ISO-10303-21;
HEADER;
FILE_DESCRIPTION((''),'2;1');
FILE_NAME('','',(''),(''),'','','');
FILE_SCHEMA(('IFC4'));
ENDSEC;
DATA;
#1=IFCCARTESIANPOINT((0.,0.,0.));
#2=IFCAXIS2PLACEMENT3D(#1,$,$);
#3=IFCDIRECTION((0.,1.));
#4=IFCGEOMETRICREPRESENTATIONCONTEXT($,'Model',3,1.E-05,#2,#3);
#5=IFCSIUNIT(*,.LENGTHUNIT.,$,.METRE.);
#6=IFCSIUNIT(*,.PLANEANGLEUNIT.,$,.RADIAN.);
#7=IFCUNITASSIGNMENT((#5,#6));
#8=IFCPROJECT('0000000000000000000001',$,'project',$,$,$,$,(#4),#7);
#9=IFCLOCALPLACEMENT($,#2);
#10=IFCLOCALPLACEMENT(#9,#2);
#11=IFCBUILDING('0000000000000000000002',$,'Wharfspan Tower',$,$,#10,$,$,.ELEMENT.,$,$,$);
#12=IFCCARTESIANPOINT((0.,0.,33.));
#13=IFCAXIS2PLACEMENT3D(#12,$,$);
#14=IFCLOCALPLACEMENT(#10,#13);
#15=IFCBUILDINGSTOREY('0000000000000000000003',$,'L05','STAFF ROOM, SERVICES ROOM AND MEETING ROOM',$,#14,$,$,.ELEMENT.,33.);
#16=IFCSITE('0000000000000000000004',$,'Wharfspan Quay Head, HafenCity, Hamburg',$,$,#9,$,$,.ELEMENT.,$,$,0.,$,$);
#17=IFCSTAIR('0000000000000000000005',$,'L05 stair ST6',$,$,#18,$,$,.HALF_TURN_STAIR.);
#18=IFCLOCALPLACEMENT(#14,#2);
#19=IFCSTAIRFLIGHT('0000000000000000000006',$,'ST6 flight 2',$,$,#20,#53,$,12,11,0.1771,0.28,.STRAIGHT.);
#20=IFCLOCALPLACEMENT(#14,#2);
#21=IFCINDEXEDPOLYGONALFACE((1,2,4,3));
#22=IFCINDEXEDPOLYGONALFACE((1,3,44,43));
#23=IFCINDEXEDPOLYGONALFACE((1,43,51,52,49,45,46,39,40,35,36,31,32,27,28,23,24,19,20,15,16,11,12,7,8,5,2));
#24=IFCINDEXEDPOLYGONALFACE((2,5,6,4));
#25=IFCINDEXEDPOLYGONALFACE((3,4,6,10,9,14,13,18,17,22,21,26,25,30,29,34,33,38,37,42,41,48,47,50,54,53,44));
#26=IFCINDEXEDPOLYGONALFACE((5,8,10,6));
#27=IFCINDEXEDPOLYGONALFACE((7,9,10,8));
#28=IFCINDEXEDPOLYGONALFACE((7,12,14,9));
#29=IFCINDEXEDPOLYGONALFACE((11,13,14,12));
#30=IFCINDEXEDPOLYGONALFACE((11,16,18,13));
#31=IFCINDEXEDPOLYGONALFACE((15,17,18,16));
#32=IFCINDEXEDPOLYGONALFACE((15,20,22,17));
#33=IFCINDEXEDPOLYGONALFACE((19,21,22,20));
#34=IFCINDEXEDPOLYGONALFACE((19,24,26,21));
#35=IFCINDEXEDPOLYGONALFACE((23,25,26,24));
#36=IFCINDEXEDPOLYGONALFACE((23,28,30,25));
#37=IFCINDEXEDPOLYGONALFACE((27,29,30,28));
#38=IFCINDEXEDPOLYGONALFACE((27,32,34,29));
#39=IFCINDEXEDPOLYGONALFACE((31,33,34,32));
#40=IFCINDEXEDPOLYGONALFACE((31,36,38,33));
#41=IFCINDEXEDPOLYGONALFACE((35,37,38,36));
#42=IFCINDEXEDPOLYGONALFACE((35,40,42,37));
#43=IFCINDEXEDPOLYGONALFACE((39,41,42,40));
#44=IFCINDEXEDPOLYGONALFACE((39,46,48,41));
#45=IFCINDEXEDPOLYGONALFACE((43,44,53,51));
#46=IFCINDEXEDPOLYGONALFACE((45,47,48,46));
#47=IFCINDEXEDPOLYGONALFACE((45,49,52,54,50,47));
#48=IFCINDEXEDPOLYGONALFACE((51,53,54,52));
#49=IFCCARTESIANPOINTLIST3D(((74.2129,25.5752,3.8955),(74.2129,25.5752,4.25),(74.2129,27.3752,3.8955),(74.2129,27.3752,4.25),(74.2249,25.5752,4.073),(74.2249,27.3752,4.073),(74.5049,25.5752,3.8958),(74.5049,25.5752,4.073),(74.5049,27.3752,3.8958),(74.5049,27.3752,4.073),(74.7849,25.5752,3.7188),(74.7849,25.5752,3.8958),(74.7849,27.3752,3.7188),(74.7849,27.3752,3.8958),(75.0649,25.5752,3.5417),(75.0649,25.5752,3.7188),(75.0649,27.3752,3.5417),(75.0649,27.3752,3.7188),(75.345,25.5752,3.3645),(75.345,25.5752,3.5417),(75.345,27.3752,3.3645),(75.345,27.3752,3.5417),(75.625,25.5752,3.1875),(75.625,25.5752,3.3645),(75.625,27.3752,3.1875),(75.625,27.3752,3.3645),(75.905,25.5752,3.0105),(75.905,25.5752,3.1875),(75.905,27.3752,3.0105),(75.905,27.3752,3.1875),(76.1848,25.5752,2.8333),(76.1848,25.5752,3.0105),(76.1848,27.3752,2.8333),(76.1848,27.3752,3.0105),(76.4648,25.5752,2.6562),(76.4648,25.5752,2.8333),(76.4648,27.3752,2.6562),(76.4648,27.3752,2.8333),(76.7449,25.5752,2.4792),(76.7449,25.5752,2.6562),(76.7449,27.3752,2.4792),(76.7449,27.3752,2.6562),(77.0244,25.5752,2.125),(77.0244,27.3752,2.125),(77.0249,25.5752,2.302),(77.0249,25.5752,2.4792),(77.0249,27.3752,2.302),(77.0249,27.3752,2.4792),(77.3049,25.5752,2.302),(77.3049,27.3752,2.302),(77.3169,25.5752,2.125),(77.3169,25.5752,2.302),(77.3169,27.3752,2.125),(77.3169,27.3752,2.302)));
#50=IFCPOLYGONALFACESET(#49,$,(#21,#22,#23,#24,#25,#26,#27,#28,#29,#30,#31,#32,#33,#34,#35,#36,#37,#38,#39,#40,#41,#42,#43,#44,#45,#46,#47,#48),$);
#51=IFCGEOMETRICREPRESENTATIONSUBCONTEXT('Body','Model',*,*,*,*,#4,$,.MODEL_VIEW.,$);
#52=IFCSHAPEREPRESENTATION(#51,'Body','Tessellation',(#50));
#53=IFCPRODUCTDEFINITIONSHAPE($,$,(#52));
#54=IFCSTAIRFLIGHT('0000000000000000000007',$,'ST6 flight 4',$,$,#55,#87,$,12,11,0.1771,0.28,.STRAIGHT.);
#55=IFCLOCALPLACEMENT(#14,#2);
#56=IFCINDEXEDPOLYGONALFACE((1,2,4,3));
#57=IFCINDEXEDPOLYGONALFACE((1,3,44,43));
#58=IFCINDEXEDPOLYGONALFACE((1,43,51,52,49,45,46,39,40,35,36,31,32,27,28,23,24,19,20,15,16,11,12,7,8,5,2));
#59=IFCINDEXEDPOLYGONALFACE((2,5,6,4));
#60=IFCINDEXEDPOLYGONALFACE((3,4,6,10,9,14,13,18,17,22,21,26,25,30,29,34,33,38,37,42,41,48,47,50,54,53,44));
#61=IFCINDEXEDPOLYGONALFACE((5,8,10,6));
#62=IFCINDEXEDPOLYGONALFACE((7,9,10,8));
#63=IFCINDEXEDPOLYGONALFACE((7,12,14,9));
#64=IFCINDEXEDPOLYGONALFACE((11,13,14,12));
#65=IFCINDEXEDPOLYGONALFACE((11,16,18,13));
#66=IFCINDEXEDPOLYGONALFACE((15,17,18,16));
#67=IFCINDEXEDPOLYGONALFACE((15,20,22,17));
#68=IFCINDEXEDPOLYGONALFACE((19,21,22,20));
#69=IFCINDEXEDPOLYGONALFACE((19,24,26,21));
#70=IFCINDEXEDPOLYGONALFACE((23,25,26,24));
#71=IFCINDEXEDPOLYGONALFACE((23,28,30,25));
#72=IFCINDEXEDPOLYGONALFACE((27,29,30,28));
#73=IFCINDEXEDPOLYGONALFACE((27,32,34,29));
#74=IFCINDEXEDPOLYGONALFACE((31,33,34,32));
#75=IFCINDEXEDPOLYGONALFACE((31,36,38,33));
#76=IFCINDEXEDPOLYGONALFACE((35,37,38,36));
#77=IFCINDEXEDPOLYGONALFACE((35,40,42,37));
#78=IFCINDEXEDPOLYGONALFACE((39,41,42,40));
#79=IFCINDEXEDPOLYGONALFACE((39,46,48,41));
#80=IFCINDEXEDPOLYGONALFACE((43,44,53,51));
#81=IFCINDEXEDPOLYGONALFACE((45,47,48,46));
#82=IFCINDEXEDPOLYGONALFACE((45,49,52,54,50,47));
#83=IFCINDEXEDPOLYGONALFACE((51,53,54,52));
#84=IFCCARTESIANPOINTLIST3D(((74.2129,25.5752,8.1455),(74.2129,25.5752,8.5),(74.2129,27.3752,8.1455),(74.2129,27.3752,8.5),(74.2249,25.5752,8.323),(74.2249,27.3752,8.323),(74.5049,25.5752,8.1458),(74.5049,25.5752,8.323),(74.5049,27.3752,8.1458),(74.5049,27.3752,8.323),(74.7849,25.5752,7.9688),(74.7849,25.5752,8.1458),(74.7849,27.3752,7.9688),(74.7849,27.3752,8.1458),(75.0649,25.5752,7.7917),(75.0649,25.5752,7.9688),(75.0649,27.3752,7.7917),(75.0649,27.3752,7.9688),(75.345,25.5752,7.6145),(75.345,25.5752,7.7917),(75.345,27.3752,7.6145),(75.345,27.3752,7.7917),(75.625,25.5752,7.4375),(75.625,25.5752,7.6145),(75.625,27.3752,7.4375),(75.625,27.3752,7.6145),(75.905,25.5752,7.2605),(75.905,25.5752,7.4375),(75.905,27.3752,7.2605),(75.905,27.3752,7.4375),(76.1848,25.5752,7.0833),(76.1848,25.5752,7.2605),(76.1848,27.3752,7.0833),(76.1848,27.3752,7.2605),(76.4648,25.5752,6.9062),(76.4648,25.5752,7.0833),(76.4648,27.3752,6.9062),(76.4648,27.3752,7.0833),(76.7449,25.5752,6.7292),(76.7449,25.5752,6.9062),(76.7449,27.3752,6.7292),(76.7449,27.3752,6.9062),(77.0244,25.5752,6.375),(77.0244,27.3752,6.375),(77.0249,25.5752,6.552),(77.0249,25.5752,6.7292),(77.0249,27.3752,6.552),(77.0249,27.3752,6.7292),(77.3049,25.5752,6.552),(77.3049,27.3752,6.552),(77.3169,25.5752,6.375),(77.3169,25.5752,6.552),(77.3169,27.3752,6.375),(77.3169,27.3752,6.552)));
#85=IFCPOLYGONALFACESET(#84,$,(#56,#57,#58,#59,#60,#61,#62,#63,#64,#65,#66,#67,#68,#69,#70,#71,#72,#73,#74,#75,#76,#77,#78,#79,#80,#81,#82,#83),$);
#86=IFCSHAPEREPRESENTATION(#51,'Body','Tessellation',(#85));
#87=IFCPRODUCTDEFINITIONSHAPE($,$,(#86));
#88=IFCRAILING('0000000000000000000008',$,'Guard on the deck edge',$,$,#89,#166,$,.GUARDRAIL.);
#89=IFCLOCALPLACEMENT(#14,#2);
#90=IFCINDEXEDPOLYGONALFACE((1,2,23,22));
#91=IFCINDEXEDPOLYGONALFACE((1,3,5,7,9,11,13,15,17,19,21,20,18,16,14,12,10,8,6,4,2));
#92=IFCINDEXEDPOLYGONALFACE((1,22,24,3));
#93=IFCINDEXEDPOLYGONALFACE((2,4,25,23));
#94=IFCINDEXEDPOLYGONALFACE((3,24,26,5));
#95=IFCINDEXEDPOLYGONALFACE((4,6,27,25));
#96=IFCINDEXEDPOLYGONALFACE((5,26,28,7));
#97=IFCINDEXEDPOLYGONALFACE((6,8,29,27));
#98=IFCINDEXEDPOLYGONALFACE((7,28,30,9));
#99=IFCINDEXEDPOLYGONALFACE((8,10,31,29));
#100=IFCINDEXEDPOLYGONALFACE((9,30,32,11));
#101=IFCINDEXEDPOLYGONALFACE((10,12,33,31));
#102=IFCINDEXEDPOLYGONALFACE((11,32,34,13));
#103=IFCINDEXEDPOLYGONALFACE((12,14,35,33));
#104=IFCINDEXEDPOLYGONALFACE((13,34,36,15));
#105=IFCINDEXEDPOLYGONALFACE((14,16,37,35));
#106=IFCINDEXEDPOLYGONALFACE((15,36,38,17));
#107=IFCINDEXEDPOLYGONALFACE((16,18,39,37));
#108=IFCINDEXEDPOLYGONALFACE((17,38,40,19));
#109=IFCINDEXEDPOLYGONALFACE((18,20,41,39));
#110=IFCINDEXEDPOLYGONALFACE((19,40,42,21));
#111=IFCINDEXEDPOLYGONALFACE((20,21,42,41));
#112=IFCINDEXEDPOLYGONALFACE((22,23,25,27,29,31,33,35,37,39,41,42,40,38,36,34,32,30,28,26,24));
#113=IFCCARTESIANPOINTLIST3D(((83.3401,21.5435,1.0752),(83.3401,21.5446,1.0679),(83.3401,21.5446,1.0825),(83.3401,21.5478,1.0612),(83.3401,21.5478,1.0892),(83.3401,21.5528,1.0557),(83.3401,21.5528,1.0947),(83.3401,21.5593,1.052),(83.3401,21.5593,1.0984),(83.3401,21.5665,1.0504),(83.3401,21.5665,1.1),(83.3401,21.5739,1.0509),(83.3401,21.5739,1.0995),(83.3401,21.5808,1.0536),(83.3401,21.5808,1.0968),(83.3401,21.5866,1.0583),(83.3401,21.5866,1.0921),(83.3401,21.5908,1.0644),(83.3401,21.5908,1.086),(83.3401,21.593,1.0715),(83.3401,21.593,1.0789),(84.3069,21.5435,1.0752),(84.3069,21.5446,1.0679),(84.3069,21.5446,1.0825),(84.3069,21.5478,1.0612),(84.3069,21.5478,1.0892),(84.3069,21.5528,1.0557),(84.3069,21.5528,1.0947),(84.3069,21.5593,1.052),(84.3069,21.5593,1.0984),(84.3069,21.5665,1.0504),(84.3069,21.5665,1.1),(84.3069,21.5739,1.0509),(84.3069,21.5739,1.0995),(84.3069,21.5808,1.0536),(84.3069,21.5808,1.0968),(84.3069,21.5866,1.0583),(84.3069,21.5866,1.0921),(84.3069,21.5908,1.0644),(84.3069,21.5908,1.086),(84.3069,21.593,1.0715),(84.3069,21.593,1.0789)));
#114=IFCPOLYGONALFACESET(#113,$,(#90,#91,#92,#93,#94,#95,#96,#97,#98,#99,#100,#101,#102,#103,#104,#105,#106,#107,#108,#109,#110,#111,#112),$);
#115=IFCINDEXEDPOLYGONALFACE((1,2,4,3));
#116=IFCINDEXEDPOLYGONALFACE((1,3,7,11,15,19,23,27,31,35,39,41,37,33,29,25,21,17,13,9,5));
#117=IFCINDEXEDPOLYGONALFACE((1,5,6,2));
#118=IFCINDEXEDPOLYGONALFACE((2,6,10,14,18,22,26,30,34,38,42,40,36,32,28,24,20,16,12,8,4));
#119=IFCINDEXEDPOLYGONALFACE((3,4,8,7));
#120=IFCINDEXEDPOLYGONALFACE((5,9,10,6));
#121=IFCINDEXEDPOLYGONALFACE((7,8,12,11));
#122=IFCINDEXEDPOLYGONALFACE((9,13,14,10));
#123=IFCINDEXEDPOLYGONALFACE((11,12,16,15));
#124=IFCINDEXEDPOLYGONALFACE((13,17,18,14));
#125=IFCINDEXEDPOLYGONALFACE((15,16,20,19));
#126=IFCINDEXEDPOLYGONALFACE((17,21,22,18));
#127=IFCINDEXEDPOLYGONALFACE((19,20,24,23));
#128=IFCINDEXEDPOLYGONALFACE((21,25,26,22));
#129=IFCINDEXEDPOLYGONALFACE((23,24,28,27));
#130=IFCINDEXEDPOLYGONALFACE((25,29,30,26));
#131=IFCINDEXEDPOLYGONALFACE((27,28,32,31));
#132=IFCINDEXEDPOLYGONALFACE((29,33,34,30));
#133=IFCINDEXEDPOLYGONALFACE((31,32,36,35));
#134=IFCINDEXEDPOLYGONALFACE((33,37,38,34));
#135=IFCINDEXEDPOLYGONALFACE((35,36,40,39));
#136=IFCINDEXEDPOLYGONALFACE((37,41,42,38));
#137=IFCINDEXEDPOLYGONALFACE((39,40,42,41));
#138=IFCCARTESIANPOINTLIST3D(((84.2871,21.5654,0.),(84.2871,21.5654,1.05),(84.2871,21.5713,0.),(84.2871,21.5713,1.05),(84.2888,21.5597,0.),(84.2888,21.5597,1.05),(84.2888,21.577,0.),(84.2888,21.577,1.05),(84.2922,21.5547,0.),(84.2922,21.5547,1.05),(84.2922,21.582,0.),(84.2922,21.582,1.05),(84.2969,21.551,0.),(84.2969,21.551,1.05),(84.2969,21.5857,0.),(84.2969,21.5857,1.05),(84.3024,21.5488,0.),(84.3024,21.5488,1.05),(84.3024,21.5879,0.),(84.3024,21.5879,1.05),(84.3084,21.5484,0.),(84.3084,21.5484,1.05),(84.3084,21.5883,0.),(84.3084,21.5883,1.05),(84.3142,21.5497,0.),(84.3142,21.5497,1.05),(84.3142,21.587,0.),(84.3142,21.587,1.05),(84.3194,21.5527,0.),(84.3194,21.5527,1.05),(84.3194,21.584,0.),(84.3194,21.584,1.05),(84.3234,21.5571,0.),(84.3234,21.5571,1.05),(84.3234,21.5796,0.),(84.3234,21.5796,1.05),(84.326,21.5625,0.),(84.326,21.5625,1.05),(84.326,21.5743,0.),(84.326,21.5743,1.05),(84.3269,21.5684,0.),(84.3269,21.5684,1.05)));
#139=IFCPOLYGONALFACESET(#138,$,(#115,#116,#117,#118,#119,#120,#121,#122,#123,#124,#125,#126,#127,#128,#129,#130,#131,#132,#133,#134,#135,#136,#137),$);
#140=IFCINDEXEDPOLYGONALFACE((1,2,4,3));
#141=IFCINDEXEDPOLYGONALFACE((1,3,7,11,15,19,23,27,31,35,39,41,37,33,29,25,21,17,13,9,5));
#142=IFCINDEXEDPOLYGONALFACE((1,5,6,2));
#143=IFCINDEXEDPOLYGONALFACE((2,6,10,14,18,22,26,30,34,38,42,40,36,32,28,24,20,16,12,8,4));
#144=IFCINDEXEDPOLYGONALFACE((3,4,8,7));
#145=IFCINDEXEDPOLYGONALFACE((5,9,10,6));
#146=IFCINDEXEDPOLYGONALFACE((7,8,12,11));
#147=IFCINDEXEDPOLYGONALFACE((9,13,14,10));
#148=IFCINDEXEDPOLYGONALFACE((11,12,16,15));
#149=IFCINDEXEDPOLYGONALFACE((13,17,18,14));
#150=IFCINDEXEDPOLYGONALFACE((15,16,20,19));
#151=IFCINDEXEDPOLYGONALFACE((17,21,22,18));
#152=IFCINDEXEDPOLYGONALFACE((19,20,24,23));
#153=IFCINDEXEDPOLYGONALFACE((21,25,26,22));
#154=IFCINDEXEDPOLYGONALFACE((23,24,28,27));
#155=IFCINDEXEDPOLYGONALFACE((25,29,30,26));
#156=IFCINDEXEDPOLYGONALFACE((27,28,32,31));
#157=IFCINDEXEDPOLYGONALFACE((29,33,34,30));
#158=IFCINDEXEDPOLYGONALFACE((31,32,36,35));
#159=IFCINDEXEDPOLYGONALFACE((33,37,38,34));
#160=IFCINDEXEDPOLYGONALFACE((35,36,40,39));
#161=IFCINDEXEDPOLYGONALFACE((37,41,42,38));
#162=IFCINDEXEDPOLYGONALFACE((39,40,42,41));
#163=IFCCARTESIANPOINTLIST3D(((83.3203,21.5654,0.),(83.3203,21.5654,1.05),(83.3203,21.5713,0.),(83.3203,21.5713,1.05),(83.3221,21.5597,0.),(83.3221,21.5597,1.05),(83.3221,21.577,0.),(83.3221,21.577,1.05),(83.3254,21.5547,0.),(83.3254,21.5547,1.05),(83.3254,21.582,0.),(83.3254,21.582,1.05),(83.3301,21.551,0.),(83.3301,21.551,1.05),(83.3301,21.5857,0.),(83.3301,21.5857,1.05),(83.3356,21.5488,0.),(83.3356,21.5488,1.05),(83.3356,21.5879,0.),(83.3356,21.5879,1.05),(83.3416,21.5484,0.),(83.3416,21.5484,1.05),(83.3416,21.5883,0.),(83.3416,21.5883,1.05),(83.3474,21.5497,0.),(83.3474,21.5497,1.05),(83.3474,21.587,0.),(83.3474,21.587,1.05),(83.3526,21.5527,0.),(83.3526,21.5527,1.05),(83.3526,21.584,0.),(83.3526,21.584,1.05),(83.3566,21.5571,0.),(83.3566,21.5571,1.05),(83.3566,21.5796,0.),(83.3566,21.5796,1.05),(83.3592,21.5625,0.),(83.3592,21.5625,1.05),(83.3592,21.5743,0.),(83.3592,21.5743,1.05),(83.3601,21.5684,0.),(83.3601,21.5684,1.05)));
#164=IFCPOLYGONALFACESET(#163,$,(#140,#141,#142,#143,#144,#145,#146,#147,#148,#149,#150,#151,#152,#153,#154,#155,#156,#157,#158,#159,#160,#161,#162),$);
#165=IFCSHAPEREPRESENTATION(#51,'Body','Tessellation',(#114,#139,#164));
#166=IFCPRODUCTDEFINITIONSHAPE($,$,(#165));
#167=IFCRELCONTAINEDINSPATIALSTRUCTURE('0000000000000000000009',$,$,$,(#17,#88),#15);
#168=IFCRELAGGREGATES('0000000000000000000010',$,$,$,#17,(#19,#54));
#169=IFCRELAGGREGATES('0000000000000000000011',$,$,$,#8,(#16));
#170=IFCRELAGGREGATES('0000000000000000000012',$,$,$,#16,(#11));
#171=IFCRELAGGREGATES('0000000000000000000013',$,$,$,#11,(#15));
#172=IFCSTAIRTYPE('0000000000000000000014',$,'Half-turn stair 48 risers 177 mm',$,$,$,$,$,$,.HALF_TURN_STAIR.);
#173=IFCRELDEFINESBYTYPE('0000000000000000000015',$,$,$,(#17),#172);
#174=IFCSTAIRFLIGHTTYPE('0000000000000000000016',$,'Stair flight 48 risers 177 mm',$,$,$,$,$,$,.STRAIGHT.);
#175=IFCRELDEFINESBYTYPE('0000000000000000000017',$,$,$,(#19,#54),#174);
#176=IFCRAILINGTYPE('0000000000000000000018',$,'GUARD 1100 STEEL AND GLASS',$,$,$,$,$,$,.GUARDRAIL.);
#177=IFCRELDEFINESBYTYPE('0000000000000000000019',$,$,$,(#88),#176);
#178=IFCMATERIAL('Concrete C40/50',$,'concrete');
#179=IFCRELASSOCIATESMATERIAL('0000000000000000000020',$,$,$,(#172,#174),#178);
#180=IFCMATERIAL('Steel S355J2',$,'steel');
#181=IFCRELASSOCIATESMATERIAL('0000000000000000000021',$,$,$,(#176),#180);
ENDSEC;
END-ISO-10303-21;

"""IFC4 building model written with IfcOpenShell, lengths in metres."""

from ifc_helpers import new_model, si_unit, direction, frame, origin, origin_2d, place, context, subcontext, project, spatial, polyline, circle, outline, extrude, material, type_object, element, aggregate, save


model = new_model("IFC4")

# Units and contexts
model_context = context("Model", 3, precision=1e-05, world=origin(), true_north=direction((0.0, 1.0)))
body_context = subcontext(model_context, "Body", "Model", "MODEL_VIEW")
ifc_project = project(units=[si_unit("LENGTHUNIT", "METRE"), si_unit("PLANEANGLEUNIT", "RADIAN")], contexts=[model_context])

# Site, building, storey
site_placement = place(None, origin())
site = spatial("IfcSite", under=ifc_project, at=site_placement, Name="Wharfspan Quay Head, HafenCity, Hamburg", CompositionType="ELEMENT", RefElevation=0.0)
building_placement = place(site_placement, origin())
building = spatial("IfcBuilding", under=site, at=building_placement, Name="Wharfspan Tower", CompositionType="ELEMENT")
storey_placement = place(building_placement, frame((0.0, 0.0, 33.0)))
storey = spatial("IfcBuildingStorey", under=building, at=storey_placement, Name="L05", Description="STAFF ROOM, SERVICES ROOM AND MEETING ROOM", CompositionType="ELEMENT", Elevation=33.0)

# Shared definitions
ifc_material_1 = material(Name="Concrete C40/50", Category="concrete")

# Stair, stair flights
stair_type = type_object("IfcStairType", Name="Half-turn stair 48 risers 177 mm", PredefinedType="HALF_TURN_STAIR", material=ifc_material_1)
stair_placement = place(storey_placement, origin())
stair = element("IfcStair", 1, at=stair_placement, inside=storey, type_object=stair_type, Name="L05 stair ST6", PredefinedType="HALF_TURN_STAIR")
stair_flight_type = type_object("IfcStairFlightType", Name="Stair flight 48 risers 177 mm", PredefinedType="STRAIGHT", material=ifc_material_1)
stair_flight_1_placement = place(storey_placement, frame((77.3049, 26.4751, 2.125), z_axis=(0.0, 0.0, 1.0), x_axis=(-1.0, 0.0, 0.0)))
stair_flight_1 = element("IfcStairFlight", 2, at=stair_flight_1_placement, type_object=stair_flight_type, Name="ST6 flight 2", NumberOfRisers=12, NumberOfTreads=11, PredefinedType="STRAIGHT", RiserHeight=0.1771, TreadLength=0.28, context=body_context, shape_type="SweptSolid", body=[
    extrude(outline(polyline([(-0.012, 0.0), (-0.012, 0.177), (0.0, 0.177), (0.28, 0.177), (0.28, 0.3542), (0.5601, 0.3542), (0.5601, 0.5312), (0.8401, 0.5312), (0.8401, 0.7083), (1.1201, 0.7083), (1.1201, 0.8855), (1.3999, 0.8855), (1.3999, 1.0625), (1.6799, 1.0625), (1.6799, 1.2395), (1.96, 1.2395), (1.96, 1.4167), (2.24, 1.4167), (2.24, 1.5938), (2.52, 1.5938), (2.52, 1.7708), (2.8, 1.7708), (2.8, 1.948), (3.0801, 1.948), (3.092, 2.125), (3.092, 1.7705), (0.2805, 0.0), (-0.012, 0.0)])), frame((0.0, 0.8999, 0.0), z_axis=(0.0, -1.0, 0.0), x_axis=(1.0, 0.0, 0.0)), (0.0, 0.0, 1.0), 1.8),
])
stair_flight_2_placement = place(storey_placement, frame((77.3049, 26.4751, 6.375), z_axis=(0.0, 0.0, 1.0), x_axis=(-1.0, 0.0, 0.0)))
stair_flight_2 = element("IfcStairFlight", 3, at=stair_flight_2_placement, type_object=stair_flight_type, Name="ST6 flight 4", NumberOfRisers=12, NumberOfTreads=11, PredefinedType="STRAIGHT", RiserHeight=0.1771, TreadLength=0.28, context=body_context, shape_type="SweptSolid", body=[
    extrude(outline(polyline([(-0.012, 0.0), (-0.012, 0.177), (0.0, 0.177), (0.28, 0.177), (0.28, 0.3542), (0.5601, 0.3542), (0.5601, 0.5312), (0.8401, 0.5312), (0.8401, 0.7083), (1.1201, 0.7083), (1.1201, 0.8855), (1.3999, 0.8855), (1.3999, 1.0625), (1.6799, 1.0625), (1.6799, 1.2395), (1.96, 1.2395), (1.96, 1.4167), (2.24, 1.4167), (2.24, 1.5938), (2.52, 1.5938), (2.52, 1.7708), (2.8, 1.7708), (2.8, 1.948), (3.0801, 1.948), (3.092, 2.125), (3.092, 1.7705), (0.2805, 0.0), (-0.012, 0.0)])), frame((0.0, 0.8999, 0.0), z_axis=(0.0, -1.0, 0.0), x_axis=(1.0, 0.0, 0.0)), (0.0, 0.0, 1.0), 1.8),
])
aggregate(stair, [stair_flight_1, stair_flight_2])

# Railing
ifc_material_2 = material(Name="Steel S355J2", Category="steel")
railing_type_1 = type_object("IfcRailingType", Name="GUARD 1100 STEEL AND GLASS", PredefinedType="GUARDRAIL", material=ifc_material_2)
railing_1_placement = place(storey_placement, frame((84.3069, 21.5684, 0.0)))
element("IfcRailing", 4, at=railing_1_placement, inside=storey, type_object=railing_type_1, Name="Guard on the deck edge", PredefinedType="GUARDRAIL", context=body_context, shape_type="SweptSolid", body=[
    extrude(circle(Radius=0.0249, at=origin_2d()), frame((0.0, 0.0, 1.0752), z_axis=(-1.0, 0.0, 0.0), x_axis=(0.0, -1.0, 0.0)), (0.0, 0.0, 1.0), 0.9668),
    extrude(circle(Radius=0.02, at=origin_2d()), origin(), (0.0, 0.0, 1.0), 1.05),
    extrude(circle(Radius=0.02, at=origin_2d()), frame((-0.9668, 0.0, 0.0)), (0.0, 0.0, 1.0), 1.05),
])

save(model, "model.ifc")
